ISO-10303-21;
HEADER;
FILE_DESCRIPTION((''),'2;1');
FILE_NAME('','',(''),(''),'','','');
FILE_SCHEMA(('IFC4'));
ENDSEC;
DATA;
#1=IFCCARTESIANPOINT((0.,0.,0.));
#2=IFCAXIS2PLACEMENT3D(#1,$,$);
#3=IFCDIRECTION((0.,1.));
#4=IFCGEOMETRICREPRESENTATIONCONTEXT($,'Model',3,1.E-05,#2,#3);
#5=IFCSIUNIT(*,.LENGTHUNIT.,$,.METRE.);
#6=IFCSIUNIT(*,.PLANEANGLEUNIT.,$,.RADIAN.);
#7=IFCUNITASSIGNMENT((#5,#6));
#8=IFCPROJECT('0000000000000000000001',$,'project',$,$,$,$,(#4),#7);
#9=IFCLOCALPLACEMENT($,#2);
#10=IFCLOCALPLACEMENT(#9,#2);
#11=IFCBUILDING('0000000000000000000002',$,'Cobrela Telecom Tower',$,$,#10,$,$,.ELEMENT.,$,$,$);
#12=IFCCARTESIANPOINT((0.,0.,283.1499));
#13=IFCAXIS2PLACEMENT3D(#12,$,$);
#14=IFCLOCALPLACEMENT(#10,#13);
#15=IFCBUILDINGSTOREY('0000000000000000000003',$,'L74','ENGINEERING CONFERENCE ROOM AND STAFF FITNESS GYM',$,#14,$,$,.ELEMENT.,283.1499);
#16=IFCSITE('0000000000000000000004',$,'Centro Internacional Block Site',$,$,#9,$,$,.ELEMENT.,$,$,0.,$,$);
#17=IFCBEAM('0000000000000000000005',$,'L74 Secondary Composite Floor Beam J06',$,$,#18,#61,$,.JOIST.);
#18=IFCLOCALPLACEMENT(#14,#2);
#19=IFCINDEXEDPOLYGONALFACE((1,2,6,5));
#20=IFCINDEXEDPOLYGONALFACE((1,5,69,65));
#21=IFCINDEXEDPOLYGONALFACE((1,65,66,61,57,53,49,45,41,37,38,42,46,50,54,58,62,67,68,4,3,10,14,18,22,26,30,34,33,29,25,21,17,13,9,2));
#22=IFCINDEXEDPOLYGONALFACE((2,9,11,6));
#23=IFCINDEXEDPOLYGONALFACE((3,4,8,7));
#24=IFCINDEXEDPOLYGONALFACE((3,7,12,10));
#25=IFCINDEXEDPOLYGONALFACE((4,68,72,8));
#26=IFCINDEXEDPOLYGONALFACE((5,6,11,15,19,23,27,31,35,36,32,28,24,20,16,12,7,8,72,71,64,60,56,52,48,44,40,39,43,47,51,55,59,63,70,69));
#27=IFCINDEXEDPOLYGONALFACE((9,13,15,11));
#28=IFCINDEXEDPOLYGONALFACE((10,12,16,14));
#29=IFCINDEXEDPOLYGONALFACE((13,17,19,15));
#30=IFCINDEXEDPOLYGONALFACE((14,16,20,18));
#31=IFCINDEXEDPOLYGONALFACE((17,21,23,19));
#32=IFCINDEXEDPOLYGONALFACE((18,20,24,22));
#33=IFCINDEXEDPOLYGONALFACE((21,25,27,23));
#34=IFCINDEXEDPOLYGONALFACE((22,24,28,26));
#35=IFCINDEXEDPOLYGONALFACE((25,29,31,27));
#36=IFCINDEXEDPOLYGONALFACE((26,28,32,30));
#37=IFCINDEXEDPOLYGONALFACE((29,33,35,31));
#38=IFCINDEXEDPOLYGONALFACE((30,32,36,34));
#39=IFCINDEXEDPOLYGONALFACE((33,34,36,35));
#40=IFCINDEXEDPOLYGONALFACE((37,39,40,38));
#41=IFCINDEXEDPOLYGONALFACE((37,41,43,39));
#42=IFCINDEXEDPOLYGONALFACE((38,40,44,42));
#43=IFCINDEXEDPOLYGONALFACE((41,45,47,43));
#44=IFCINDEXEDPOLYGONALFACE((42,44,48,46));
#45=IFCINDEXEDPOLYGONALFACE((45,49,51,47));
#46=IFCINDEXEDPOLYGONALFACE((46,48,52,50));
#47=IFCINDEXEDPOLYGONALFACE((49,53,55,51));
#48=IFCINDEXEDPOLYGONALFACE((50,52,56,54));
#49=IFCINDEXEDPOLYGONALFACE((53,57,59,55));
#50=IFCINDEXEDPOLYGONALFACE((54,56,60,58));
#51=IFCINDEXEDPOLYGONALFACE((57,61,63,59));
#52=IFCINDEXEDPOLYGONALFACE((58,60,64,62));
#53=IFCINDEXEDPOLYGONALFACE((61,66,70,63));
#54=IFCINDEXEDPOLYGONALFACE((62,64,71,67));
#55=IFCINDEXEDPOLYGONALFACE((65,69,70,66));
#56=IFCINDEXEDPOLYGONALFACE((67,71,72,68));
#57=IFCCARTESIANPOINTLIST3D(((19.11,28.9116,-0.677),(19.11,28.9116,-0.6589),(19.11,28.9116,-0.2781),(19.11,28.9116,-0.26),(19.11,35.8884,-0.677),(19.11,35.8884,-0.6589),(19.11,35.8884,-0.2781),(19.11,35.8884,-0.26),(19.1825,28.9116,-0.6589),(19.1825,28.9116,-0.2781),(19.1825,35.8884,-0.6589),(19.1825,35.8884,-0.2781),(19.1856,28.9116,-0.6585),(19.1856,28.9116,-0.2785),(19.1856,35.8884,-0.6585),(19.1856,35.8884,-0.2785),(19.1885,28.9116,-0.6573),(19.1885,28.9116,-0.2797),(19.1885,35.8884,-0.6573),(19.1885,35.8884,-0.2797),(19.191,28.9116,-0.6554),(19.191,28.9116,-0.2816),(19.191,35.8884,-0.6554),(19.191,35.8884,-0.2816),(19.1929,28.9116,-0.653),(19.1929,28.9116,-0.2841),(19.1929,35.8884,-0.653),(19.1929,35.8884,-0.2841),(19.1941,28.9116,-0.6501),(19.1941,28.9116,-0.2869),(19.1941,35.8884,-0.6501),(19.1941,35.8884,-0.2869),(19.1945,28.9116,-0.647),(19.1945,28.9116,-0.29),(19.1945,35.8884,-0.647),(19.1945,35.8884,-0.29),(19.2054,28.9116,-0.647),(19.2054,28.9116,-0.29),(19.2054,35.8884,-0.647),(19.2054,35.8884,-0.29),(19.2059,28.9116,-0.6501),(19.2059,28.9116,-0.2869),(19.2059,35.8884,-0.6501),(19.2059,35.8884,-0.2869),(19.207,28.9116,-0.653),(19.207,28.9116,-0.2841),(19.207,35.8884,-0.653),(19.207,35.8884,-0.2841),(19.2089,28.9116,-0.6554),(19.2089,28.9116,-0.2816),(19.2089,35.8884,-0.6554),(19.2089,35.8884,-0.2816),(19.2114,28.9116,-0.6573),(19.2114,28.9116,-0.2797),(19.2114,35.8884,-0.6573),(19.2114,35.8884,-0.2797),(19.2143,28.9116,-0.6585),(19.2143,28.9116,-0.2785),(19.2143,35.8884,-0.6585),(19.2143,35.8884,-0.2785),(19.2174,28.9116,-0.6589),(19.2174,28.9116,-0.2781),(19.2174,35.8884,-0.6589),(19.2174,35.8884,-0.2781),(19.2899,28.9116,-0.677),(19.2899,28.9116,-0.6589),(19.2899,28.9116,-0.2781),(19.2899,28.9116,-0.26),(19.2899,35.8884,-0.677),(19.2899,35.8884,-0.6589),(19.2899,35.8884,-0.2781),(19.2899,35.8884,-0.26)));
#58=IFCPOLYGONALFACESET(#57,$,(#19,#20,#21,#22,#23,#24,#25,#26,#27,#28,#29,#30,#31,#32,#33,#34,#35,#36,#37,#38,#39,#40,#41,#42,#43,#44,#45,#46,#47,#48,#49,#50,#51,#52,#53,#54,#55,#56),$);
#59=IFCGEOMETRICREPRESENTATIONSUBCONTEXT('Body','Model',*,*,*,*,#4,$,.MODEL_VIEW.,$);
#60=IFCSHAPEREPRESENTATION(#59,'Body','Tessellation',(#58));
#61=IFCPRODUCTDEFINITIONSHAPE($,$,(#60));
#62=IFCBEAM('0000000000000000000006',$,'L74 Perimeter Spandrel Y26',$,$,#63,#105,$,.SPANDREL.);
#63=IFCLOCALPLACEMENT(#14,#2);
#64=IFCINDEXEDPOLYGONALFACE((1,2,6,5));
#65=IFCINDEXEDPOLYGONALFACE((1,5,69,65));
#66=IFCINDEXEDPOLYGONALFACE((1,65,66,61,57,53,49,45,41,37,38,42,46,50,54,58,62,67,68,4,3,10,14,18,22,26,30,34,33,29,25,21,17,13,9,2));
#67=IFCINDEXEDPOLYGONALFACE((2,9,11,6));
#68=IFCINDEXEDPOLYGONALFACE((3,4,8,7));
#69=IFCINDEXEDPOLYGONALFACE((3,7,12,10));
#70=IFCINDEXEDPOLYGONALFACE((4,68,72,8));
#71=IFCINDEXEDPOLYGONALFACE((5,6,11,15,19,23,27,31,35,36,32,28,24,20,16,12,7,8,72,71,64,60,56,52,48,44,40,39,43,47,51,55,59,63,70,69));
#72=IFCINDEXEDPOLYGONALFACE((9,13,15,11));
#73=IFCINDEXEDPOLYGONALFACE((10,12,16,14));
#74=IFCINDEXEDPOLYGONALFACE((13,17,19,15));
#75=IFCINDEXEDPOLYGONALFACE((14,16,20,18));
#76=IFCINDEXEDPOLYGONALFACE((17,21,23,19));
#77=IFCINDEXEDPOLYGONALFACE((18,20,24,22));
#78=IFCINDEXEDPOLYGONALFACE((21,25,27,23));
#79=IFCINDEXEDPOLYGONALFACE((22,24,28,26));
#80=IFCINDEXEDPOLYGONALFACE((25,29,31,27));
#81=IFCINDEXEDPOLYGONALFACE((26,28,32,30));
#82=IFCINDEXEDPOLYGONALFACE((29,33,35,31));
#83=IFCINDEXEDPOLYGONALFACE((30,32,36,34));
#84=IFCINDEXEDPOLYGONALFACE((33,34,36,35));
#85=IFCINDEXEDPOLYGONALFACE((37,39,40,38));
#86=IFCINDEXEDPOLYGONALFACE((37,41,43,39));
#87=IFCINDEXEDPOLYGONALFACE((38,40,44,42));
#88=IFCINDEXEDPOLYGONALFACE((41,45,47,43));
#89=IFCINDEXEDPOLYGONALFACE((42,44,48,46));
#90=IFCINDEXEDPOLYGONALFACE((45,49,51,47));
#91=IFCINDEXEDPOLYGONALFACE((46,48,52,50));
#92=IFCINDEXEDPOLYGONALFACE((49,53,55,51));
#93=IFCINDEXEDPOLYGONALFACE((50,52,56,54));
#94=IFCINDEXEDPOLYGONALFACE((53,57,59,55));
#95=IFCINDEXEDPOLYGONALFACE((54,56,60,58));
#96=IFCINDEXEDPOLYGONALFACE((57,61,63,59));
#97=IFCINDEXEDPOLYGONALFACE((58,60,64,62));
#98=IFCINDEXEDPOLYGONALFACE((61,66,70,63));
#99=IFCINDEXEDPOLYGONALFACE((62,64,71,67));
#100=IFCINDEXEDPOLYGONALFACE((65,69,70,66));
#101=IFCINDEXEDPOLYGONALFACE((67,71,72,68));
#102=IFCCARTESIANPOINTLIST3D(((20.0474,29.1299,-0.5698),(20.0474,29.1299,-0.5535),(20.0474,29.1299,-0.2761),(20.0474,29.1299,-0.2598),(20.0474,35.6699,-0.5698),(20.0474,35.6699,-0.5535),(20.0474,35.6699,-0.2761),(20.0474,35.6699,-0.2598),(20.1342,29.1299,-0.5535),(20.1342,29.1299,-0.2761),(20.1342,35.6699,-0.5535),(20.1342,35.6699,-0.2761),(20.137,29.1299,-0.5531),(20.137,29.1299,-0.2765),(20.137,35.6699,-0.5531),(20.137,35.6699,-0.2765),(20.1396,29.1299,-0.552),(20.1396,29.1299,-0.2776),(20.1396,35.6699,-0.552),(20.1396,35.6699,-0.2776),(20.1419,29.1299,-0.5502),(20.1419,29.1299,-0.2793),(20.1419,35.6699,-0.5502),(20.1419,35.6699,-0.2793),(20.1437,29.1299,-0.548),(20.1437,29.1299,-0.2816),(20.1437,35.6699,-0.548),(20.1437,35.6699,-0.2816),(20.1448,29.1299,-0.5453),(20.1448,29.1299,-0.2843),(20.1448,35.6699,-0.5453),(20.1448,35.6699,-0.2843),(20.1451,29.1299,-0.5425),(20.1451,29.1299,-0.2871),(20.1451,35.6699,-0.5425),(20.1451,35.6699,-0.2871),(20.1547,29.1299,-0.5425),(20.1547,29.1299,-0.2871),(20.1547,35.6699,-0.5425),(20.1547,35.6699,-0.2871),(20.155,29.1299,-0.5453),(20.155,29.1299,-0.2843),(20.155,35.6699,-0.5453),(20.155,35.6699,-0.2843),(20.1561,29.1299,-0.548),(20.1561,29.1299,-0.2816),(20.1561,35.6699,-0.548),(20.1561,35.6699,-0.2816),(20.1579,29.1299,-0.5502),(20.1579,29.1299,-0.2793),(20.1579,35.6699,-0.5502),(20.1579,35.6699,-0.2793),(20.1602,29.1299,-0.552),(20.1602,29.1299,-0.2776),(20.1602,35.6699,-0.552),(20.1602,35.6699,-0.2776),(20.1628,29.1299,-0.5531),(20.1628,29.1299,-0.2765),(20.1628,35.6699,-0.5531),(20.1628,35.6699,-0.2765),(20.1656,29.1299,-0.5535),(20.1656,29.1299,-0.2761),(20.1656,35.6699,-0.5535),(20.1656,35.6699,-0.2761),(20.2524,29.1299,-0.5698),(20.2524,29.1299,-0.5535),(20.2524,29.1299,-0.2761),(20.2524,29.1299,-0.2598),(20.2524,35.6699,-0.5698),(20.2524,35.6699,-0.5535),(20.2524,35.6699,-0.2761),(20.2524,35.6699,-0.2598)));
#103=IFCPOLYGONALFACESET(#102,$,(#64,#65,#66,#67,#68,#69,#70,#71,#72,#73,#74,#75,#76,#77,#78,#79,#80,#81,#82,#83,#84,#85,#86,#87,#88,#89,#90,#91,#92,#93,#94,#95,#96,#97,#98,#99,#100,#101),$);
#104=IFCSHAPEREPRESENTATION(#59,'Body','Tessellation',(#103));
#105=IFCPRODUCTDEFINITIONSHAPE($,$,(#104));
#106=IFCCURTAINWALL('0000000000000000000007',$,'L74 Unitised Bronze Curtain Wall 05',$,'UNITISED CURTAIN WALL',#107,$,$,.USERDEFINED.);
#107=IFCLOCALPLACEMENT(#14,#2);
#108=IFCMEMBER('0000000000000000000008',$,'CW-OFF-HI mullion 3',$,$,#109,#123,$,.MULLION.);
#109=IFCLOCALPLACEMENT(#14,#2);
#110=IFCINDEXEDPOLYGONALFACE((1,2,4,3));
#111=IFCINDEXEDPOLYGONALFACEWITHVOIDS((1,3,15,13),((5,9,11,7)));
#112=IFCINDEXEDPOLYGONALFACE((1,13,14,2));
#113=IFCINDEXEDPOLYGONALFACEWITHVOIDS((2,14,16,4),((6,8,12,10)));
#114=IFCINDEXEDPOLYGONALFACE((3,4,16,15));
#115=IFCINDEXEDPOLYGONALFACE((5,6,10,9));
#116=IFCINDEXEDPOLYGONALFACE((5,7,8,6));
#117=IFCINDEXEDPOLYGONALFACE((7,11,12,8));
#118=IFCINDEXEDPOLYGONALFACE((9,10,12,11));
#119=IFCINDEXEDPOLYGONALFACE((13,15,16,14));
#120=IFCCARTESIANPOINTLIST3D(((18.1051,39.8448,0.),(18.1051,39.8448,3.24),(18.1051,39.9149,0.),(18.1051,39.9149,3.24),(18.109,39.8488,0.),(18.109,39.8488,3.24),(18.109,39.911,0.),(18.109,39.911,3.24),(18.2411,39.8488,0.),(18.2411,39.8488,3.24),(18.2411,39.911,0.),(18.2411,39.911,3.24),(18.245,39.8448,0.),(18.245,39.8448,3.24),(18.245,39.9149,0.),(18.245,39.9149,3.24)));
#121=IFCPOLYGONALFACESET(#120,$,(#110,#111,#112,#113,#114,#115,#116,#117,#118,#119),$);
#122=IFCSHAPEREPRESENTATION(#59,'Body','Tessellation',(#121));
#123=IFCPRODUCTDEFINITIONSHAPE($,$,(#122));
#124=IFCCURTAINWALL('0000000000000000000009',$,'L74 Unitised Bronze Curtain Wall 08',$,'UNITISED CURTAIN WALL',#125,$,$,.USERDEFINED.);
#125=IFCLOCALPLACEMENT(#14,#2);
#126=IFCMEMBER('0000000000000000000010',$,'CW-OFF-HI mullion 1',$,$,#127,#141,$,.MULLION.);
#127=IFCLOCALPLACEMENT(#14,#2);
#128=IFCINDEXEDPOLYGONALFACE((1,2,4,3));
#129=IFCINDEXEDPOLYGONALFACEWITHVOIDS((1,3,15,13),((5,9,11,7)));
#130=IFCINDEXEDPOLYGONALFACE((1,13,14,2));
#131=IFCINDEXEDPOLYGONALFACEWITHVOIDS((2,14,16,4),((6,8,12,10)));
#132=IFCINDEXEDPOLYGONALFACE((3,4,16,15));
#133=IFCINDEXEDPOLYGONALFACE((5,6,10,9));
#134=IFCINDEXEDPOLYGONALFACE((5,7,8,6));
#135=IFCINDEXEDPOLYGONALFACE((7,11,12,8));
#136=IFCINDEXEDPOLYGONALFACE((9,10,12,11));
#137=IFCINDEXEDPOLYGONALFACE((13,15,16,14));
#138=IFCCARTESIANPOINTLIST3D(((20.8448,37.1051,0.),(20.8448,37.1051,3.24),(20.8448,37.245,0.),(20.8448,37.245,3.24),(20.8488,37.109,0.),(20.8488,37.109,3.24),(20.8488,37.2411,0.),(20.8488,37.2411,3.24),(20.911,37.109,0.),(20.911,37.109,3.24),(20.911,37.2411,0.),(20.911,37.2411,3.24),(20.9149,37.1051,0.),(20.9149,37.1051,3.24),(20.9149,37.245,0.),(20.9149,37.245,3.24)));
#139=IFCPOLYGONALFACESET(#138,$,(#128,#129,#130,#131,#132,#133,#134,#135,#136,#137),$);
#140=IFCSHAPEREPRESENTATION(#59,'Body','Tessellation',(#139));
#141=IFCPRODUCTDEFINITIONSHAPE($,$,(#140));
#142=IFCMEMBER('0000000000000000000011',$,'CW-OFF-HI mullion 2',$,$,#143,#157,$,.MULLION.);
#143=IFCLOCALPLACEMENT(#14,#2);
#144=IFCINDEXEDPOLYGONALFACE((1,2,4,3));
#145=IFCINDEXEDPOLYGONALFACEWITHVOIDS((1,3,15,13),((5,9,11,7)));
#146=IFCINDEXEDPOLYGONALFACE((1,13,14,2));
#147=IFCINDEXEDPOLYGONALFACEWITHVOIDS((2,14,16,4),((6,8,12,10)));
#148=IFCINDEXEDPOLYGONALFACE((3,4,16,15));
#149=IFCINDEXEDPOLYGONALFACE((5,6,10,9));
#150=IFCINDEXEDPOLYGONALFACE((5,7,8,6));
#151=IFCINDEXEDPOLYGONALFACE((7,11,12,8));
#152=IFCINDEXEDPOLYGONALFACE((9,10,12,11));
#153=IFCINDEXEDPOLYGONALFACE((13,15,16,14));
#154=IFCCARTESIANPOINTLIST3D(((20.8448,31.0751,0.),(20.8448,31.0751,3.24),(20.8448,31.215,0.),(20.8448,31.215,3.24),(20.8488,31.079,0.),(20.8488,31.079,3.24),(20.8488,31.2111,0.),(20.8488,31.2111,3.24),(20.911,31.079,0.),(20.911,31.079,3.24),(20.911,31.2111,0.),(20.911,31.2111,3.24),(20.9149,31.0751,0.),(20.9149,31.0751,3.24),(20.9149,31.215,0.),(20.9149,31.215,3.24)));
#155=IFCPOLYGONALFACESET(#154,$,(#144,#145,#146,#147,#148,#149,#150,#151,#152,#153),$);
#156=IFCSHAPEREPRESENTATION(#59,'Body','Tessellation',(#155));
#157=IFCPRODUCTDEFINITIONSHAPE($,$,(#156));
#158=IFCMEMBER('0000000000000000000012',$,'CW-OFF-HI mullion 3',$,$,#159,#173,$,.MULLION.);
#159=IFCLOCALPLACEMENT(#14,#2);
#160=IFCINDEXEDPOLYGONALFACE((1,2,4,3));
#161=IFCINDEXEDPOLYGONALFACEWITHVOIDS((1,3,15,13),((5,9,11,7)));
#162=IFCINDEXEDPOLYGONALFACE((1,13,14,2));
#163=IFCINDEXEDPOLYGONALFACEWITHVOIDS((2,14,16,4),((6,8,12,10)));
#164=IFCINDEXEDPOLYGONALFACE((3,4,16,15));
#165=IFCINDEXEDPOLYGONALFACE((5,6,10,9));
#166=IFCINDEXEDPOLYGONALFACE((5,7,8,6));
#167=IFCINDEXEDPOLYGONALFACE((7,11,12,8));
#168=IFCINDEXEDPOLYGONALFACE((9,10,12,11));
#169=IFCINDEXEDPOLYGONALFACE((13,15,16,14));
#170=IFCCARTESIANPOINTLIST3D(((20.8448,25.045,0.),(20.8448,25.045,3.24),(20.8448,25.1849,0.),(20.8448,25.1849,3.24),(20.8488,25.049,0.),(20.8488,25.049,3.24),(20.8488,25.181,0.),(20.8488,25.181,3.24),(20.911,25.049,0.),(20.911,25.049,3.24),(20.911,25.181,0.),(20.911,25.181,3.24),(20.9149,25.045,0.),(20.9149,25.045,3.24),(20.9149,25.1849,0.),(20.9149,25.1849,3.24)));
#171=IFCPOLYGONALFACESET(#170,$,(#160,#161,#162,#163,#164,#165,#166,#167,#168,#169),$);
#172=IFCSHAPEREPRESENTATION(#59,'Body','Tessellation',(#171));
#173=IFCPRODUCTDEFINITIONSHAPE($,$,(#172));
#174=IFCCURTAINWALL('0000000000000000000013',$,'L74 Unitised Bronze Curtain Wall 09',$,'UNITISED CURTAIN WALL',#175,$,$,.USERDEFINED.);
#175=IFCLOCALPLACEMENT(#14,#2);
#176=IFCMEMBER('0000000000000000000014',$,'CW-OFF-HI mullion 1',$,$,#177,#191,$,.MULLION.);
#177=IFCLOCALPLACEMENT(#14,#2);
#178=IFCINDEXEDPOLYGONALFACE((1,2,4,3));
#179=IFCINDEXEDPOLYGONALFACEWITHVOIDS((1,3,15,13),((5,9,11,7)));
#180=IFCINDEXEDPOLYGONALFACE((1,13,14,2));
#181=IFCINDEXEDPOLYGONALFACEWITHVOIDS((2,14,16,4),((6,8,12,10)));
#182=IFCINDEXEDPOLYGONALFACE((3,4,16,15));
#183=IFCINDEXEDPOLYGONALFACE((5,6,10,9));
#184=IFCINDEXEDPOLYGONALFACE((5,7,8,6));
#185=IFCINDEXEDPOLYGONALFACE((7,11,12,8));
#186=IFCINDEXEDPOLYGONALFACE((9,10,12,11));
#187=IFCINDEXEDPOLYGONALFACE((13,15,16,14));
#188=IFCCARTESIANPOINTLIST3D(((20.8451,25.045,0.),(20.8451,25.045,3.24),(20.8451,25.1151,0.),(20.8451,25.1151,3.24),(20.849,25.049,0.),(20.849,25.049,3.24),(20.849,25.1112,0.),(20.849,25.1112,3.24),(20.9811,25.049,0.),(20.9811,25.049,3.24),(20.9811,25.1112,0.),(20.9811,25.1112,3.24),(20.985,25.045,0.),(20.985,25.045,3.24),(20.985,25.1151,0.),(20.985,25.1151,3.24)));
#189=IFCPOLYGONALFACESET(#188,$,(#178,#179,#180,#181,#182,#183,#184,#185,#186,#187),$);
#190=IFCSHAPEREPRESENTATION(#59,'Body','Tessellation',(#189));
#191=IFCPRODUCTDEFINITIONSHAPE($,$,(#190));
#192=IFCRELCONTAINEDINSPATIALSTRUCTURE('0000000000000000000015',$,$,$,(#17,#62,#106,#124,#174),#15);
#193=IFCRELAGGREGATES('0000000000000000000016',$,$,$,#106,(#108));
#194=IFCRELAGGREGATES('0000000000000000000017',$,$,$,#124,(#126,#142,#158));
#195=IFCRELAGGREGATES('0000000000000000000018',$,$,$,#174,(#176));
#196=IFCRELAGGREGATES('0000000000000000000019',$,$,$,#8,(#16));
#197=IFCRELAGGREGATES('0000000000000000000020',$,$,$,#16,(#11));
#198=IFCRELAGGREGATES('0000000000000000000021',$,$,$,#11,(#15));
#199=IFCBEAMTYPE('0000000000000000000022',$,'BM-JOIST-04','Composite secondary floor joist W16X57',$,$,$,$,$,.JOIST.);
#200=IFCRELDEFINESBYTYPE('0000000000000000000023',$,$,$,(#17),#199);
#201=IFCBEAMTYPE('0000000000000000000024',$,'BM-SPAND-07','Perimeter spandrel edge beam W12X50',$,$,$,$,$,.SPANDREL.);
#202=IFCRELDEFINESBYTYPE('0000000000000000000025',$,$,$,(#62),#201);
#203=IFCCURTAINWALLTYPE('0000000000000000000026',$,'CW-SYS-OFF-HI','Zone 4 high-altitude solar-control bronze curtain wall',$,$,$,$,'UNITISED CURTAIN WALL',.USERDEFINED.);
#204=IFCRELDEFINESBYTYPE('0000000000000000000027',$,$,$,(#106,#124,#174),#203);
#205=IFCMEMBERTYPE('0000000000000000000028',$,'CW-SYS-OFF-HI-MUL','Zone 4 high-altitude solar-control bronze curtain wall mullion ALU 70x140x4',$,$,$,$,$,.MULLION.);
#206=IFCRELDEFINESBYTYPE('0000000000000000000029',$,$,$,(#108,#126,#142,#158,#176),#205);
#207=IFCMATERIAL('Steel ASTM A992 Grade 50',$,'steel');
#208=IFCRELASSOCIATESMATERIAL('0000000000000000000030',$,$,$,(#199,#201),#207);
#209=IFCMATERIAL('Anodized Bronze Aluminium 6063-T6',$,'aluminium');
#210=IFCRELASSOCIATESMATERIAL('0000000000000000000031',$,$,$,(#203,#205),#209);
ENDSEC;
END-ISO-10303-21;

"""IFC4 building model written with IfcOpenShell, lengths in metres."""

from ifc_helpers import new_model, si_unit, direction, frame, origin, origin_2d, place, context, subcontext, project, spatial, hollow_rectangle, i_section, extrude, material, material_profile, profile_set, type_object, element, aggregate, save


model = new_model("IFC4")

# Units and contexts
model_context = context("Model", 3, precision=1e-05, world=origin(), true_north=direction((0.0, 1.0)))
body_context = subcontext(model_context, "Body", "Model", "MODEL_VIEW")
ifc_project = project(units=[si_unit("LENGTHUNIT", "METRE"), si_unit("PLANEANGLEUNIT", "RADIAN")], contexts=[model_context])

# Site, building, storey
site_placement = place(None, origin())
site = spatial("IfcSite", under=ifc_project, at=site_placement, Name="Centro Internacional Block Site", CompositionType="ELEMENT", RefElevation=0.0)
building_placement = place(site_placement, origin())
building = spatial("IfcBuilding", under=site, at=building_placement, Name="Cobrela Telecom Tower", CompositionType="ELEMENT")
storey_placement = place(building_placement, frame((0.0, 0.0, 283.1499)))
storey = spatial("IfcBuildingStorey", under=building, at=storey_placement, Name="L74", Description="ENGINEERING CONFERENCE ROOM AND STAFF FITNESS GYM", CompositionType="ELEMENT", Elevation=283.1499)

# Shared definitions
ifc_material_1 = material(Name="Steel ASTM A992 Grade 50", Category="steel")

# Beams
ifc_material_profile_1 = material_profile(ifc_material_1, i_section(OverallWidth=0.1799, OverallDepth=0.417, WebThickness=0.011, FlangeThickness=0.0181, FilletRadius=0.012, at=origin_2d()), Name="W16X57")
ifc_profile_set_1 = profile_set([ifc_material_profile_1], Name="Steel ASTM A992 Grade 50")
beam_type_1 = type_object("IfcBeamType", Name="BM-JOIST-04", Description="Composite secondary floor joist W16X57", PredefinedType="JOIST", material=ifc_profile_set_1)
beam_1_placement = place(storey_placement, frame((19.2, 28.9116, -0.4685), z_axis=(0.0, 1.0, 0.0), x_axis=(-1.0, 0.0, 0.0)))
element("IfcBeam", 1, at=beam_1_placement, inside=storey, type_object=beam_type_1, Name="L74 Secondary Composite Floor Beam J06", PredefinedType="JOIST", context=body_context, shape_type="SweptSolid", body=[
    extrude(i_section(OverallWidth=0.1799, OverallDepth=0.417, WebThickness=0.011, FlangeThickness=0.0181, FilletRadius=0.012, at=origin_2d()), origin(), (0.0, 0.0, 1.0), 6.9768),
])
ifc_material_profile_2 = material_profile(ifc_material_1, i_section(OverallWidth=0.2051, OverallDepth=0.3101, WebThickness=0.0095, FlangeThickness=0.0164, FilletRadius=0.011, at=origin_2d()), Name="W12X50")
ifc_profile_set_2 = profile_set([ifc_material_profile_2], Name="Steel ASTM A992 Grade 50")
beam_type_2 = type_object("IfcBeamType", Name="BM-SPAND-07", Description="Perimeter spandrel edge beam W12X50", PredefinedType="SPANDREL", material=ifc_profile_set_2)
beam_2_placement = place(storey_placement, frame((20.1499, 29.1299, -0.4148), z_axis=(0.0, 1.0, 0.0), x_axis=(-1.0, 0.0, 0.0)))
element("IfcBeam", 2, at=beam_2_placement, inside=storey, type_object=beam_type_2, Name="L74 Perimeter Spandrel Y26", PredefinedType="SPANDREL", context=body_context, shape_type="SweptSolid", body=[
    extrude(i_section(OverallWidth=0.2051, OverallDepth=0.3101, WebThickness=0.0095, FlangeThickness=0.0164, FilletRadius=0.011, at=origin_2d()), origin(), (0.0, 0.0, 1.0), 6.54),
])

# Curtain wall, member
ifc_material_2 = material(Name="Anodized Bronze Aluminium 6063-T6", Category="aluminium")
curtain_wall_type = type_object("IfcCurtainWallType", Name="CW-SYS-OFF-HI", Description="Zone 4 high-altitude solar-control bronze curtain wall", ElementType="UNITISED CURTAIN WALL", PredefinedType="USERDEFINED", material=ifc_material_2)
curtain_wall_1_placement = place(storey_placement, origin())
curtain_wall_1 = element("IfcCurtainWall", 3, at=curtain_wall_1_placement, inside=storey, type_object=curtain_wall_type, Name="L74 Unitised Bronze Curtain Wall 05", ObjectType="UNITISED CURTAIN WALL", PredefinedType="USERDEFINED")
ifc_material_profile_3 = material_profile(ifc_material_2, hollow_rectangle(XDim=0.0701, YDim=0.1399, WallThickness=0.0039, at=origin_2d()), Name="ALU 70x140x4")
ifc_profile_set_3 = profile_set([ifc_material_profile_3], Name="Anodized Bronze Aluminium 6063-T6")
member_type_1 = type_object("IfcMemberType", Name="CW-SYS-OFF-HI-MUL", Description="Zone 4 high-altitude solar-control bronze curtain wall mullion ALU 70x140x4", PredefinedType="MULLION", material=ifc_profile_set_3)
member_1_placement = place(storey_placement, frame((18.175, 39.8799, 0.0), z_axis=(0.0, 0.0, 1.0), x_axis=(0.0, 1.0, 0.0)))
member_1 = element("IfcMember", 4, at=member_1_placement, type_object=member_type_1, Name="CW-OFF-HI mullion 3", PredefinedType="MULLION", context=body_context, shape_type="SweptSolid", body=[
    extrude(hollow_rectangle(XDim=0.0701, YDim=0.1399, WallThickness=0.0039, at=origin_2d()), origin(), (0.0, 0.0, 1.0), 3.24),
])
aggregate(curtain_wall_1, [member_1])

# Curtain wall, members
curtain_wall_2_placement = place(storey_placement, origin())
curtain_wall_2 = element("IfcCurtainWall", 5, at=curtain_wall_2_placement, inside=storey, type_object=curtain_wall_type, Name="L74 Unitised Bronze Curtain Wall 08", ObjectType="UNITISED CURTAIN WALL", PredefinedType="USERDEFINED")
member_2_placement = place(storey_placement, frame((20.8799, 37.175, 0.0), z_axis=(0.0, 0.0, 1.0), x_axis=(1.0, 0.0, 0.0)))
member_2 = element("IfcMember", 6, at=member_2_placement, type_object=member_type_1, Name="CW-OFF-HI mullion 1", PredefinedType="MULLION", context=body_context, shape_type="SweptSolid", body=[
    extrude(hollow_rectangle(XDim=0.0701, YDim=0.1399, WallThickness=0.0039, at=origin_2d()), origin(), (0.0, 0.0, 1.0), 3.24),
])
member_3_placement = place(storey_placement, frame((20.8799, 31.145, 0.0), z_axis=(0.0, 0.0, 1.0), x_axis=(1.0, 0.0, 0.0)))
member_3 = element("IfcMember", 7, at=member_3_placement, type_object=member_type_1, Name="CW-OFF-HI mullion 2", PredefinedType="MULLION", context=body_context, shape_type="SweptSolid", body=[
    extrude(hollow_rectangle(XDim=0.0701, YDim=0.1399, WallThickness=0.0039, at=origin_2d()), origin(), (0.0, 0.0, 1.0), 3.24),
])
member_4_placement = place(storey_placement, frame((20.8799, 25.115, 0.0), z_axis=(0.0, 0.0, 1.0), x_axis=(1.0, 0.0, 0.0)))
member_4 = element("IfcMember", 8, at=member_4_placement, type_object=member_type_1, Name="CW-OFF-HI mullion 3", PredefinedType="MULLION", context=body_context, shape_type="SweptSolid", body=[
    extrude(hollow_rectangle(XDim=0.0701, YDim=0.1399, WallThickness=0.0039, at=origin_2d()), origin(), (0.0, 0.0, 1.0), 3.24),
])

# Curtain wall, member
curtain_wall_3_placement = place(storey_placement, origin())
curtain_wall_3 = element("IfcCurtainWall", 9, at=curtain_wall_3_placement, inside=storey, type_object=curtain_wall_type, Name="L74 Unitised Bronze Curtain Wall 09", ObjectType="UNITISED CURTAIN WALL", PredefinedType="USERDEFINED")
member_5_placement = place(storey_placement, frame((20.915, 25.0801, 0.0), z_axis=(0.0, 0.0, 1.0), x_axis=(0.0, 1.0, 0.0)))
member_5 = element("IfcMember", 10, at=member_5_placement, type_object=member_type_1, Name="CW-OFF-HI mullion 1", PredefinedType="MULLION", context=body_context, shape_type="SweptSolid", body=[
    extrude(hollow_rectangle(XDim=0.0701, YDim=0.1399, WallThickness=0.0039, at=origin_2d()), origin(), (0.0, 0.0, 1.0), 3.24),
])

aggregate(curtain_wall_2, [member_2, member_3, member_4])
aggregate(curtain_wall_3, [member_5])

save(model, "model.ifc")
